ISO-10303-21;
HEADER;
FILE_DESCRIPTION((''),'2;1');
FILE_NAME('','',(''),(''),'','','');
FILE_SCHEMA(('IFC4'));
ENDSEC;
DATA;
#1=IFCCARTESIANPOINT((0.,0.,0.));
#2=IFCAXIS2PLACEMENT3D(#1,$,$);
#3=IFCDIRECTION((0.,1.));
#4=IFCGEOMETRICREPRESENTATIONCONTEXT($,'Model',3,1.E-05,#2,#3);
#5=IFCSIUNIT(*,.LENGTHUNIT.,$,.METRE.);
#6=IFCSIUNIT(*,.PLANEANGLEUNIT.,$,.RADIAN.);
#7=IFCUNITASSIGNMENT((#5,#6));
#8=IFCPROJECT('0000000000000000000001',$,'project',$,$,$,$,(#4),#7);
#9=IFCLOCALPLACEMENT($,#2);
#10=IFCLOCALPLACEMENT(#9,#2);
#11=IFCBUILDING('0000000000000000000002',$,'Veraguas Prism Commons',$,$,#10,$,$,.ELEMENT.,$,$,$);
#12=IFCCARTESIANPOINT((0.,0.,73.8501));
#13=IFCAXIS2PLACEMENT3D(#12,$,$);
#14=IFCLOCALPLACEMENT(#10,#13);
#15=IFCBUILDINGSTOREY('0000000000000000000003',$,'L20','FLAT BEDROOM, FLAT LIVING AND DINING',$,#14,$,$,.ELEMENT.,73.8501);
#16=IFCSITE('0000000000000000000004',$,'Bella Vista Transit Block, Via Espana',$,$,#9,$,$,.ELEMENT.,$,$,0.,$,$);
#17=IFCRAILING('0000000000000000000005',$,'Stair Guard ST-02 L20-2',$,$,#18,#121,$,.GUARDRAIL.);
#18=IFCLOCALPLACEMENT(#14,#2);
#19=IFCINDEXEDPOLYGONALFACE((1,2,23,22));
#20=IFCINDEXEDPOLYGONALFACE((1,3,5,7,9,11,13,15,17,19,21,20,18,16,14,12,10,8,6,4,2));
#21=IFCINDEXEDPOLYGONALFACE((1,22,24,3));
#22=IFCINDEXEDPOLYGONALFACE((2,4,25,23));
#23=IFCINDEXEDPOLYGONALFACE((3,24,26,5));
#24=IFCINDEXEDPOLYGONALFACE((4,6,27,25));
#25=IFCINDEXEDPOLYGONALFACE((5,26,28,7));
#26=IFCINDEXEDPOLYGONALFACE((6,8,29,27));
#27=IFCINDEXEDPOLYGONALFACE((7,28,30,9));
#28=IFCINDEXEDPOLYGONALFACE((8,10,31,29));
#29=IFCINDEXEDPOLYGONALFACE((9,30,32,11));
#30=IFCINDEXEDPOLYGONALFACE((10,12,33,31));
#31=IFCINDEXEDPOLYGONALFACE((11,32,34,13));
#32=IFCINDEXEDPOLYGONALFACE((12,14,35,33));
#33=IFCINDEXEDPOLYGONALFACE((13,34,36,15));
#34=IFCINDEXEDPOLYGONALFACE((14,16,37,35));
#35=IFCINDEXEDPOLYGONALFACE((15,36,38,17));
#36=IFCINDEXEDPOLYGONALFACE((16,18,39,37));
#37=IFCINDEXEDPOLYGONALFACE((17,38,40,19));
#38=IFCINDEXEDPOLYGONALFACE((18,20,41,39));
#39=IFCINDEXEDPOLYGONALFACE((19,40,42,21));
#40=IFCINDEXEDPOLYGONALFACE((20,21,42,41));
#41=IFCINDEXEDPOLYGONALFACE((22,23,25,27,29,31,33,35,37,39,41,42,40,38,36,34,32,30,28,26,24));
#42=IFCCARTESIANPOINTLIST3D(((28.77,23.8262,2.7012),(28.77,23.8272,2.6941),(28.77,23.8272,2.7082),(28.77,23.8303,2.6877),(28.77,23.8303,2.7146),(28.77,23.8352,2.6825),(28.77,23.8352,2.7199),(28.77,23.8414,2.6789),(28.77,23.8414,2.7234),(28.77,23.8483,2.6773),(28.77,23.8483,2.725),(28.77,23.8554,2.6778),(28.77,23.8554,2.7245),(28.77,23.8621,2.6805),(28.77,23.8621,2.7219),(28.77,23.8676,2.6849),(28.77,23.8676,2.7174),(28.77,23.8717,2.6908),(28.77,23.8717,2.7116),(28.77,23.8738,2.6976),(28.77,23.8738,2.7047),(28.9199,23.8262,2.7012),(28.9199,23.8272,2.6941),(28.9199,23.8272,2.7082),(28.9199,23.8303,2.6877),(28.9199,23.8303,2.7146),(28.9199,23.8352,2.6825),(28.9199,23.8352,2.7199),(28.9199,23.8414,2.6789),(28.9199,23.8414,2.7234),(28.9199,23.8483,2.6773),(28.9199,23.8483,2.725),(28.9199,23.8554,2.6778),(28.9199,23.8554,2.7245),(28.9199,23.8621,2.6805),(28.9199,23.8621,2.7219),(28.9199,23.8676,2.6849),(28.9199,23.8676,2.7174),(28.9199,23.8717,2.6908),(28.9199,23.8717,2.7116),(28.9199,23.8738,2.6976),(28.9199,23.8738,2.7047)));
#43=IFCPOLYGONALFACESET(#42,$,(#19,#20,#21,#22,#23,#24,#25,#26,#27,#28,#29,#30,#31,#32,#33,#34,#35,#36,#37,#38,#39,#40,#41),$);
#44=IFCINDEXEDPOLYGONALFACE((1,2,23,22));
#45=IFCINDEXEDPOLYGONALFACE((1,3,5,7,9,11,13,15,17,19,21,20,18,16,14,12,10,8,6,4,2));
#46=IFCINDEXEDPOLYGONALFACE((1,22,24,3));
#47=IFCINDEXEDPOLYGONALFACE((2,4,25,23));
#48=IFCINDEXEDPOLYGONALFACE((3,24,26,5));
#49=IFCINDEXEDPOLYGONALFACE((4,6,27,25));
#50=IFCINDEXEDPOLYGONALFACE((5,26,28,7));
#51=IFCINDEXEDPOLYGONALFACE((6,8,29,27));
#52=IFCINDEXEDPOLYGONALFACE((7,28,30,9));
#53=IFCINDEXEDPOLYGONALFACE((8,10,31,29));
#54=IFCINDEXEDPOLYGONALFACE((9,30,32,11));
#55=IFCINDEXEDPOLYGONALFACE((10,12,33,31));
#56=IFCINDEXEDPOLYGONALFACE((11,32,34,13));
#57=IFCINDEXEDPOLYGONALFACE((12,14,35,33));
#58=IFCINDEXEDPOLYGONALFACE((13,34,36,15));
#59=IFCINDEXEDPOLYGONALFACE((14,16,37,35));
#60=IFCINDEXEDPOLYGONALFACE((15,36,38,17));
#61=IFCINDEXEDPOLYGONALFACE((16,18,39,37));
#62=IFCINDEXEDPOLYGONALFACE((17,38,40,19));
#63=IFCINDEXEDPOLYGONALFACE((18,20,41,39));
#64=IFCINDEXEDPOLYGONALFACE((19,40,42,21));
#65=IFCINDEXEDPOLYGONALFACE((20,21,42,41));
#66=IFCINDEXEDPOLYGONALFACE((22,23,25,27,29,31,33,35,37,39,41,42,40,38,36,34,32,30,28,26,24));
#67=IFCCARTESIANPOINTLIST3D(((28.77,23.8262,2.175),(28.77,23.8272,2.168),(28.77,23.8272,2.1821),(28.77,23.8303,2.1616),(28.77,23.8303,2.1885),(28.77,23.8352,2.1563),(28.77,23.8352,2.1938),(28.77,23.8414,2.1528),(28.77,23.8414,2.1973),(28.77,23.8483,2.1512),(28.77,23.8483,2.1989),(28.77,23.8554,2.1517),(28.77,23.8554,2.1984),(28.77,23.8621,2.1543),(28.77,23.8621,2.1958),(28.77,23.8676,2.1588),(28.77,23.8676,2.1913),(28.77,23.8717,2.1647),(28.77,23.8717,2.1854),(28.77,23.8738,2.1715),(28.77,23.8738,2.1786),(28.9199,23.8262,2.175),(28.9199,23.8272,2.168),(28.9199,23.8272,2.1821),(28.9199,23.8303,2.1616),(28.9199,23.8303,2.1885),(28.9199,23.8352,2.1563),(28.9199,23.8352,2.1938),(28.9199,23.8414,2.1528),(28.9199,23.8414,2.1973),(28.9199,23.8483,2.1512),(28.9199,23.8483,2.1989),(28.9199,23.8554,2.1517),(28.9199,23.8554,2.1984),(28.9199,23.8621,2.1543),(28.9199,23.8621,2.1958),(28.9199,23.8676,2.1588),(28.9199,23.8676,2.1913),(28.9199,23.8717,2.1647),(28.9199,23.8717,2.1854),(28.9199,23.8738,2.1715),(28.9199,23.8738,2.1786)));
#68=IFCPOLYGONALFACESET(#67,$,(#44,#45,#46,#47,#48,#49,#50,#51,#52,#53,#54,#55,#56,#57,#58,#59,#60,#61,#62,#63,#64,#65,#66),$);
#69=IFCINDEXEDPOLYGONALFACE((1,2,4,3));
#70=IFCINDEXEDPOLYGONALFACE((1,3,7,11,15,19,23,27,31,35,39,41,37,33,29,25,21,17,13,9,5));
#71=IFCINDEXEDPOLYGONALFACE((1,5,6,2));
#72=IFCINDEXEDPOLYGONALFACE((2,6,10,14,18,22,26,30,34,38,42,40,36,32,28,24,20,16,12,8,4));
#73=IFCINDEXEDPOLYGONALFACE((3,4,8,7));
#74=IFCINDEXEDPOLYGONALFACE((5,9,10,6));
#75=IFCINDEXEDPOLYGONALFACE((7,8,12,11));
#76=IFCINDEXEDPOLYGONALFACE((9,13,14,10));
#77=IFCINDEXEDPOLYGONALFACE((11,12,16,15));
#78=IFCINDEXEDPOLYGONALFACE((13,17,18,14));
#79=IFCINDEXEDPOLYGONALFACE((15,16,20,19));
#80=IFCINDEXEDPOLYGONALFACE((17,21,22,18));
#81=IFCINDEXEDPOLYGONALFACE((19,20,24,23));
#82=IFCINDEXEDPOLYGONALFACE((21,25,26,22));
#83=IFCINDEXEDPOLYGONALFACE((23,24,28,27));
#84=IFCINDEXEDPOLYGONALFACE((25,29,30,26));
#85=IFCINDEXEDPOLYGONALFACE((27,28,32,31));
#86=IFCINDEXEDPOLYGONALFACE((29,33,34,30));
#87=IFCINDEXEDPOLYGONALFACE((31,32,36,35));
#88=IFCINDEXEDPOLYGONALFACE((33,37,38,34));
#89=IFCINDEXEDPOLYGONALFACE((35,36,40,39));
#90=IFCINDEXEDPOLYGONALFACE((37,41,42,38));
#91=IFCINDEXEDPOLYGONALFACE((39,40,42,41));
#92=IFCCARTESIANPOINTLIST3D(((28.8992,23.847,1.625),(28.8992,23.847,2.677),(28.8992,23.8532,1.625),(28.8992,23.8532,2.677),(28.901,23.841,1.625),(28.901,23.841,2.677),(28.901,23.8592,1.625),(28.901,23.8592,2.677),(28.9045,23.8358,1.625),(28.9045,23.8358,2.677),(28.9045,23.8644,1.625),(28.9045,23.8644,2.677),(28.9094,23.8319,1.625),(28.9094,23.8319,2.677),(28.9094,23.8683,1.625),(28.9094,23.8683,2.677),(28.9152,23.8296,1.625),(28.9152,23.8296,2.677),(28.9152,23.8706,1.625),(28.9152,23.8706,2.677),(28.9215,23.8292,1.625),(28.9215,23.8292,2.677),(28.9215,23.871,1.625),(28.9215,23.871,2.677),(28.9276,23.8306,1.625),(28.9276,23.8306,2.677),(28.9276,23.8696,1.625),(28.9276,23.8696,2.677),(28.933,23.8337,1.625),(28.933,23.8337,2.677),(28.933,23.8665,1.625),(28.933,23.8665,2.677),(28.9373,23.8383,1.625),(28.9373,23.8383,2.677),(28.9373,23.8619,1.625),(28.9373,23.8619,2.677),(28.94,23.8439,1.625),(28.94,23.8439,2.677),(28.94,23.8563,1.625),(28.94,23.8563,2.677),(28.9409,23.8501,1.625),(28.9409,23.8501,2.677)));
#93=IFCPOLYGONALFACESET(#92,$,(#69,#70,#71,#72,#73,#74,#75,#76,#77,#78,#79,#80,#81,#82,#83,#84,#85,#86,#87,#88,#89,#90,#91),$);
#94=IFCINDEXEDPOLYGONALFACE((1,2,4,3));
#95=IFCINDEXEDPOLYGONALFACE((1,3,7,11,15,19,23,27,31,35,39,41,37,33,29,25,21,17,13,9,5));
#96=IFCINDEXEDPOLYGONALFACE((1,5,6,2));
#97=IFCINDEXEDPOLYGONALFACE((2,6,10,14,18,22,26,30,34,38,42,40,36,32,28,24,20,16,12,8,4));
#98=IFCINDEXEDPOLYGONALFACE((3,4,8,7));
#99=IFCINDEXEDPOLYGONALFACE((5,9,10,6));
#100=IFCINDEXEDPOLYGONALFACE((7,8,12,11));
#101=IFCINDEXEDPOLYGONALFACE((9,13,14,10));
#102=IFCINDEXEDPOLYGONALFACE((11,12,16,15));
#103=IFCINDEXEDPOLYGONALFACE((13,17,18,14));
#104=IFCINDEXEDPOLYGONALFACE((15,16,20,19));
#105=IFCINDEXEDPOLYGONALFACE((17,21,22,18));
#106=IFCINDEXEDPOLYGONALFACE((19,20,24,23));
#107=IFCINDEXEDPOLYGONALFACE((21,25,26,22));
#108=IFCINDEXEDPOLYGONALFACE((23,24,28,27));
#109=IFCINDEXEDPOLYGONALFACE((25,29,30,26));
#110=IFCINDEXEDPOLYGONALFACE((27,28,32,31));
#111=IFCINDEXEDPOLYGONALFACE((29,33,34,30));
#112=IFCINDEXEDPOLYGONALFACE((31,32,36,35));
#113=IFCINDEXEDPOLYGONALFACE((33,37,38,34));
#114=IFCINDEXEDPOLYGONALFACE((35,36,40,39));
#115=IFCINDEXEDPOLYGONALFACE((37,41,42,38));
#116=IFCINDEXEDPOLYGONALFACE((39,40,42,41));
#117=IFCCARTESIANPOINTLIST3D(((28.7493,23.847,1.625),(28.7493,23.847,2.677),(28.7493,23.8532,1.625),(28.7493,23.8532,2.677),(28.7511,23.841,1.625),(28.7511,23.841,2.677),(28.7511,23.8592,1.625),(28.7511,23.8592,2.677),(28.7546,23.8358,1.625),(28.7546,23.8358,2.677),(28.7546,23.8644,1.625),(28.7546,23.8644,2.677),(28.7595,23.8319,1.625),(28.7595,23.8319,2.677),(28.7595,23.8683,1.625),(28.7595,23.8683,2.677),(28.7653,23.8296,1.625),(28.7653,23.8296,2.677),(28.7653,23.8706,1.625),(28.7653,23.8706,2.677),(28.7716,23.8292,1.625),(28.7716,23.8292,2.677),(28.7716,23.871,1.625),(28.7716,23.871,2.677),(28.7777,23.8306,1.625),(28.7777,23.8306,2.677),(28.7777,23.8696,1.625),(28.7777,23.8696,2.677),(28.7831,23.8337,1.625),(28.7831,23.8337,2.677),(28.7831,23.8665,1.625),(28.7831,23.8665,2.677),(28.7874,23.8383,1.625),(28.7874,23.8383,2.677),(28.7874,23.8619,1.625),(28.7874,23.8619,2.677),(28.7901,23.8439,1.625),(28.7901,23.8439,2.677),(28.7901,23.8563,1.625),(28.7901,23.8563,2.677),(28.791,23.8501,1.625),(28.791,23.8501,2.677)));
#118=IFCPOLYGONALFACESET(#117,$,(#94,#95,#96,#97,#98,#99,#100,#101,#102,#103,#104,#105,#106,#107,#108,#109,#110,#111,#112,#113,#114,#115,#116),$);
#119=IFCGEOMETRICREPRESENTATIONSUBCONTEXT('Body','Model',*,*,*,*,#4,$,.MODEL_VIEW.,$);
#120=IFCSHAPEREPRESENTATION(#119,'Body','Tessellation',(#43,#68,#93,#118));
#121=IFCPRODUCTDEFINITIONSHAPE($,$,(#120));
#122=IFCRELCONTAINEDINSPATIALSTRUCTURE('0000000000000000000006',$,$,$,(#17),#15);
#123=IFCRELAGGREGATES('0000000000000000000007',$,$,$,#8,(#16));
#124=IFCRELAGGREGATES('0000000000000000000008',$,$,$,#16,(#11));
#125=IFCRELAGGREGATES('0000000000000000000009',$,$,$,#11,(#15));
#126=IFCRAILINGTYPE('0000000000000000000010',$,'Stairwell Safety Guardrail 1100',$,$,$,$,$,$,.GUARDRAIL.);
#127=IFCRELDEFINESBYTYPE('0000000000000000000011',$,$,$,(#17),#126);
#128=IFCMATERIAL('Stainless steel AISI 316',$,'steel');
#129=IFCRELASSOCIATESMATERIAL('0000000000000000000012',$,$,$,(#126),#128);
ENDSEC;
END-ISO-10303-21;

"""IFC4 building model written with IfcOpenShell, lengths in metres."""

from ifc_helpers import new_model, si_unit, direction, frame, origin, origin_2d, place, context, subcontext, project, spatial, circle, extrude, material, type_object, element, save


model = new_model("IFC4")

# Units and contexts
model_context = context("Model", 3, precision=1e-05, world=origin(), true_north=direction((0.0, 1.0)))
body_context = subcontext(model_context, "Body", "Model", "MODEL_VIEW")
ifc_project = project(units=[si_unit("LENGTHUNIT", "METRE"), si_unit("PLANEANGLEUNIT", "RADIAN")], contexts=[model_context])

# Site, building, storey
site_placement = place(None, origin())
site = spatial("IfcSite", under=ifc_project, at=site_placement, Name="Bella Vista Transit Block, Via Espana", CompositionType="ELEMENT", RefElevation=0.0)
building_placement = place(site_placement, origin())
building = spatial("IfcBuilding", under=site, at=building_placement, Name="Veraguas Prism Commons", CompositionType="ELEMENT")
storey_placement = place(building_placement, frame((0.0, 0.0, 73.8501)))
storey = spatial("IfcBuildingStorey", under=building, at=storey_placement, Name="L20", Description="FLAT BEDROOM, FLAT LIVING AND DINING", CompositionType="ELEMENT", Elevation=73.8501)

# Shared definitions
ifc_material_1 = material(Name="Stainless steel AISI 316", Category="steel")

# Railing
railing_type_1 = type_object("IfcRailingType", Name="Stairwell Safety Guardrail 1100", PredefinedType="GUARDRAIL", material=ifc_material_1)
railing_1_placement = place(storey_placement, frame((28.9199, 23.8501, 1.625)))
element("IfcRailing", 1, at=railing_1_placement, inside=storey, type_object=railing_type_1, Name="Stair Guard ST-02 L20-2", PredefinedType="GUARDRAIL", context=body_context, shape_type="SweptSolid", body=[
    extrude(circle(Radius=0.0239, at=origin_2d()), frame((0.0, 0.0, 1.0762), z_axis=(-1.0, 0.0, 0.0), x_axis=(0.0, -1.0, 0.0)), (0.0, 0.0, 1.0), 0.1499),
    extrude(circle(Radius=0.0239, at=origin_2d()), frame((0.0, 0.0, 0.55), z_axis=(-1.0, 0.0, 0.0), x_axis=(0.0, -1.0, 0.0)), (0.0, 0.0, 1.0), 0.1499),
    extrude(circle(Radius=0.021, at=origin_2d()), origin(), (0.0, 0.0, 1.0), 1.052),
    extrude(circle(Radius=0.021, at=origin_2d()), frame((-0.1499, 0.0, 0.0)), (0.0, 0.0, 1.0), 1.052),
])

save(model, "model.ifc")
